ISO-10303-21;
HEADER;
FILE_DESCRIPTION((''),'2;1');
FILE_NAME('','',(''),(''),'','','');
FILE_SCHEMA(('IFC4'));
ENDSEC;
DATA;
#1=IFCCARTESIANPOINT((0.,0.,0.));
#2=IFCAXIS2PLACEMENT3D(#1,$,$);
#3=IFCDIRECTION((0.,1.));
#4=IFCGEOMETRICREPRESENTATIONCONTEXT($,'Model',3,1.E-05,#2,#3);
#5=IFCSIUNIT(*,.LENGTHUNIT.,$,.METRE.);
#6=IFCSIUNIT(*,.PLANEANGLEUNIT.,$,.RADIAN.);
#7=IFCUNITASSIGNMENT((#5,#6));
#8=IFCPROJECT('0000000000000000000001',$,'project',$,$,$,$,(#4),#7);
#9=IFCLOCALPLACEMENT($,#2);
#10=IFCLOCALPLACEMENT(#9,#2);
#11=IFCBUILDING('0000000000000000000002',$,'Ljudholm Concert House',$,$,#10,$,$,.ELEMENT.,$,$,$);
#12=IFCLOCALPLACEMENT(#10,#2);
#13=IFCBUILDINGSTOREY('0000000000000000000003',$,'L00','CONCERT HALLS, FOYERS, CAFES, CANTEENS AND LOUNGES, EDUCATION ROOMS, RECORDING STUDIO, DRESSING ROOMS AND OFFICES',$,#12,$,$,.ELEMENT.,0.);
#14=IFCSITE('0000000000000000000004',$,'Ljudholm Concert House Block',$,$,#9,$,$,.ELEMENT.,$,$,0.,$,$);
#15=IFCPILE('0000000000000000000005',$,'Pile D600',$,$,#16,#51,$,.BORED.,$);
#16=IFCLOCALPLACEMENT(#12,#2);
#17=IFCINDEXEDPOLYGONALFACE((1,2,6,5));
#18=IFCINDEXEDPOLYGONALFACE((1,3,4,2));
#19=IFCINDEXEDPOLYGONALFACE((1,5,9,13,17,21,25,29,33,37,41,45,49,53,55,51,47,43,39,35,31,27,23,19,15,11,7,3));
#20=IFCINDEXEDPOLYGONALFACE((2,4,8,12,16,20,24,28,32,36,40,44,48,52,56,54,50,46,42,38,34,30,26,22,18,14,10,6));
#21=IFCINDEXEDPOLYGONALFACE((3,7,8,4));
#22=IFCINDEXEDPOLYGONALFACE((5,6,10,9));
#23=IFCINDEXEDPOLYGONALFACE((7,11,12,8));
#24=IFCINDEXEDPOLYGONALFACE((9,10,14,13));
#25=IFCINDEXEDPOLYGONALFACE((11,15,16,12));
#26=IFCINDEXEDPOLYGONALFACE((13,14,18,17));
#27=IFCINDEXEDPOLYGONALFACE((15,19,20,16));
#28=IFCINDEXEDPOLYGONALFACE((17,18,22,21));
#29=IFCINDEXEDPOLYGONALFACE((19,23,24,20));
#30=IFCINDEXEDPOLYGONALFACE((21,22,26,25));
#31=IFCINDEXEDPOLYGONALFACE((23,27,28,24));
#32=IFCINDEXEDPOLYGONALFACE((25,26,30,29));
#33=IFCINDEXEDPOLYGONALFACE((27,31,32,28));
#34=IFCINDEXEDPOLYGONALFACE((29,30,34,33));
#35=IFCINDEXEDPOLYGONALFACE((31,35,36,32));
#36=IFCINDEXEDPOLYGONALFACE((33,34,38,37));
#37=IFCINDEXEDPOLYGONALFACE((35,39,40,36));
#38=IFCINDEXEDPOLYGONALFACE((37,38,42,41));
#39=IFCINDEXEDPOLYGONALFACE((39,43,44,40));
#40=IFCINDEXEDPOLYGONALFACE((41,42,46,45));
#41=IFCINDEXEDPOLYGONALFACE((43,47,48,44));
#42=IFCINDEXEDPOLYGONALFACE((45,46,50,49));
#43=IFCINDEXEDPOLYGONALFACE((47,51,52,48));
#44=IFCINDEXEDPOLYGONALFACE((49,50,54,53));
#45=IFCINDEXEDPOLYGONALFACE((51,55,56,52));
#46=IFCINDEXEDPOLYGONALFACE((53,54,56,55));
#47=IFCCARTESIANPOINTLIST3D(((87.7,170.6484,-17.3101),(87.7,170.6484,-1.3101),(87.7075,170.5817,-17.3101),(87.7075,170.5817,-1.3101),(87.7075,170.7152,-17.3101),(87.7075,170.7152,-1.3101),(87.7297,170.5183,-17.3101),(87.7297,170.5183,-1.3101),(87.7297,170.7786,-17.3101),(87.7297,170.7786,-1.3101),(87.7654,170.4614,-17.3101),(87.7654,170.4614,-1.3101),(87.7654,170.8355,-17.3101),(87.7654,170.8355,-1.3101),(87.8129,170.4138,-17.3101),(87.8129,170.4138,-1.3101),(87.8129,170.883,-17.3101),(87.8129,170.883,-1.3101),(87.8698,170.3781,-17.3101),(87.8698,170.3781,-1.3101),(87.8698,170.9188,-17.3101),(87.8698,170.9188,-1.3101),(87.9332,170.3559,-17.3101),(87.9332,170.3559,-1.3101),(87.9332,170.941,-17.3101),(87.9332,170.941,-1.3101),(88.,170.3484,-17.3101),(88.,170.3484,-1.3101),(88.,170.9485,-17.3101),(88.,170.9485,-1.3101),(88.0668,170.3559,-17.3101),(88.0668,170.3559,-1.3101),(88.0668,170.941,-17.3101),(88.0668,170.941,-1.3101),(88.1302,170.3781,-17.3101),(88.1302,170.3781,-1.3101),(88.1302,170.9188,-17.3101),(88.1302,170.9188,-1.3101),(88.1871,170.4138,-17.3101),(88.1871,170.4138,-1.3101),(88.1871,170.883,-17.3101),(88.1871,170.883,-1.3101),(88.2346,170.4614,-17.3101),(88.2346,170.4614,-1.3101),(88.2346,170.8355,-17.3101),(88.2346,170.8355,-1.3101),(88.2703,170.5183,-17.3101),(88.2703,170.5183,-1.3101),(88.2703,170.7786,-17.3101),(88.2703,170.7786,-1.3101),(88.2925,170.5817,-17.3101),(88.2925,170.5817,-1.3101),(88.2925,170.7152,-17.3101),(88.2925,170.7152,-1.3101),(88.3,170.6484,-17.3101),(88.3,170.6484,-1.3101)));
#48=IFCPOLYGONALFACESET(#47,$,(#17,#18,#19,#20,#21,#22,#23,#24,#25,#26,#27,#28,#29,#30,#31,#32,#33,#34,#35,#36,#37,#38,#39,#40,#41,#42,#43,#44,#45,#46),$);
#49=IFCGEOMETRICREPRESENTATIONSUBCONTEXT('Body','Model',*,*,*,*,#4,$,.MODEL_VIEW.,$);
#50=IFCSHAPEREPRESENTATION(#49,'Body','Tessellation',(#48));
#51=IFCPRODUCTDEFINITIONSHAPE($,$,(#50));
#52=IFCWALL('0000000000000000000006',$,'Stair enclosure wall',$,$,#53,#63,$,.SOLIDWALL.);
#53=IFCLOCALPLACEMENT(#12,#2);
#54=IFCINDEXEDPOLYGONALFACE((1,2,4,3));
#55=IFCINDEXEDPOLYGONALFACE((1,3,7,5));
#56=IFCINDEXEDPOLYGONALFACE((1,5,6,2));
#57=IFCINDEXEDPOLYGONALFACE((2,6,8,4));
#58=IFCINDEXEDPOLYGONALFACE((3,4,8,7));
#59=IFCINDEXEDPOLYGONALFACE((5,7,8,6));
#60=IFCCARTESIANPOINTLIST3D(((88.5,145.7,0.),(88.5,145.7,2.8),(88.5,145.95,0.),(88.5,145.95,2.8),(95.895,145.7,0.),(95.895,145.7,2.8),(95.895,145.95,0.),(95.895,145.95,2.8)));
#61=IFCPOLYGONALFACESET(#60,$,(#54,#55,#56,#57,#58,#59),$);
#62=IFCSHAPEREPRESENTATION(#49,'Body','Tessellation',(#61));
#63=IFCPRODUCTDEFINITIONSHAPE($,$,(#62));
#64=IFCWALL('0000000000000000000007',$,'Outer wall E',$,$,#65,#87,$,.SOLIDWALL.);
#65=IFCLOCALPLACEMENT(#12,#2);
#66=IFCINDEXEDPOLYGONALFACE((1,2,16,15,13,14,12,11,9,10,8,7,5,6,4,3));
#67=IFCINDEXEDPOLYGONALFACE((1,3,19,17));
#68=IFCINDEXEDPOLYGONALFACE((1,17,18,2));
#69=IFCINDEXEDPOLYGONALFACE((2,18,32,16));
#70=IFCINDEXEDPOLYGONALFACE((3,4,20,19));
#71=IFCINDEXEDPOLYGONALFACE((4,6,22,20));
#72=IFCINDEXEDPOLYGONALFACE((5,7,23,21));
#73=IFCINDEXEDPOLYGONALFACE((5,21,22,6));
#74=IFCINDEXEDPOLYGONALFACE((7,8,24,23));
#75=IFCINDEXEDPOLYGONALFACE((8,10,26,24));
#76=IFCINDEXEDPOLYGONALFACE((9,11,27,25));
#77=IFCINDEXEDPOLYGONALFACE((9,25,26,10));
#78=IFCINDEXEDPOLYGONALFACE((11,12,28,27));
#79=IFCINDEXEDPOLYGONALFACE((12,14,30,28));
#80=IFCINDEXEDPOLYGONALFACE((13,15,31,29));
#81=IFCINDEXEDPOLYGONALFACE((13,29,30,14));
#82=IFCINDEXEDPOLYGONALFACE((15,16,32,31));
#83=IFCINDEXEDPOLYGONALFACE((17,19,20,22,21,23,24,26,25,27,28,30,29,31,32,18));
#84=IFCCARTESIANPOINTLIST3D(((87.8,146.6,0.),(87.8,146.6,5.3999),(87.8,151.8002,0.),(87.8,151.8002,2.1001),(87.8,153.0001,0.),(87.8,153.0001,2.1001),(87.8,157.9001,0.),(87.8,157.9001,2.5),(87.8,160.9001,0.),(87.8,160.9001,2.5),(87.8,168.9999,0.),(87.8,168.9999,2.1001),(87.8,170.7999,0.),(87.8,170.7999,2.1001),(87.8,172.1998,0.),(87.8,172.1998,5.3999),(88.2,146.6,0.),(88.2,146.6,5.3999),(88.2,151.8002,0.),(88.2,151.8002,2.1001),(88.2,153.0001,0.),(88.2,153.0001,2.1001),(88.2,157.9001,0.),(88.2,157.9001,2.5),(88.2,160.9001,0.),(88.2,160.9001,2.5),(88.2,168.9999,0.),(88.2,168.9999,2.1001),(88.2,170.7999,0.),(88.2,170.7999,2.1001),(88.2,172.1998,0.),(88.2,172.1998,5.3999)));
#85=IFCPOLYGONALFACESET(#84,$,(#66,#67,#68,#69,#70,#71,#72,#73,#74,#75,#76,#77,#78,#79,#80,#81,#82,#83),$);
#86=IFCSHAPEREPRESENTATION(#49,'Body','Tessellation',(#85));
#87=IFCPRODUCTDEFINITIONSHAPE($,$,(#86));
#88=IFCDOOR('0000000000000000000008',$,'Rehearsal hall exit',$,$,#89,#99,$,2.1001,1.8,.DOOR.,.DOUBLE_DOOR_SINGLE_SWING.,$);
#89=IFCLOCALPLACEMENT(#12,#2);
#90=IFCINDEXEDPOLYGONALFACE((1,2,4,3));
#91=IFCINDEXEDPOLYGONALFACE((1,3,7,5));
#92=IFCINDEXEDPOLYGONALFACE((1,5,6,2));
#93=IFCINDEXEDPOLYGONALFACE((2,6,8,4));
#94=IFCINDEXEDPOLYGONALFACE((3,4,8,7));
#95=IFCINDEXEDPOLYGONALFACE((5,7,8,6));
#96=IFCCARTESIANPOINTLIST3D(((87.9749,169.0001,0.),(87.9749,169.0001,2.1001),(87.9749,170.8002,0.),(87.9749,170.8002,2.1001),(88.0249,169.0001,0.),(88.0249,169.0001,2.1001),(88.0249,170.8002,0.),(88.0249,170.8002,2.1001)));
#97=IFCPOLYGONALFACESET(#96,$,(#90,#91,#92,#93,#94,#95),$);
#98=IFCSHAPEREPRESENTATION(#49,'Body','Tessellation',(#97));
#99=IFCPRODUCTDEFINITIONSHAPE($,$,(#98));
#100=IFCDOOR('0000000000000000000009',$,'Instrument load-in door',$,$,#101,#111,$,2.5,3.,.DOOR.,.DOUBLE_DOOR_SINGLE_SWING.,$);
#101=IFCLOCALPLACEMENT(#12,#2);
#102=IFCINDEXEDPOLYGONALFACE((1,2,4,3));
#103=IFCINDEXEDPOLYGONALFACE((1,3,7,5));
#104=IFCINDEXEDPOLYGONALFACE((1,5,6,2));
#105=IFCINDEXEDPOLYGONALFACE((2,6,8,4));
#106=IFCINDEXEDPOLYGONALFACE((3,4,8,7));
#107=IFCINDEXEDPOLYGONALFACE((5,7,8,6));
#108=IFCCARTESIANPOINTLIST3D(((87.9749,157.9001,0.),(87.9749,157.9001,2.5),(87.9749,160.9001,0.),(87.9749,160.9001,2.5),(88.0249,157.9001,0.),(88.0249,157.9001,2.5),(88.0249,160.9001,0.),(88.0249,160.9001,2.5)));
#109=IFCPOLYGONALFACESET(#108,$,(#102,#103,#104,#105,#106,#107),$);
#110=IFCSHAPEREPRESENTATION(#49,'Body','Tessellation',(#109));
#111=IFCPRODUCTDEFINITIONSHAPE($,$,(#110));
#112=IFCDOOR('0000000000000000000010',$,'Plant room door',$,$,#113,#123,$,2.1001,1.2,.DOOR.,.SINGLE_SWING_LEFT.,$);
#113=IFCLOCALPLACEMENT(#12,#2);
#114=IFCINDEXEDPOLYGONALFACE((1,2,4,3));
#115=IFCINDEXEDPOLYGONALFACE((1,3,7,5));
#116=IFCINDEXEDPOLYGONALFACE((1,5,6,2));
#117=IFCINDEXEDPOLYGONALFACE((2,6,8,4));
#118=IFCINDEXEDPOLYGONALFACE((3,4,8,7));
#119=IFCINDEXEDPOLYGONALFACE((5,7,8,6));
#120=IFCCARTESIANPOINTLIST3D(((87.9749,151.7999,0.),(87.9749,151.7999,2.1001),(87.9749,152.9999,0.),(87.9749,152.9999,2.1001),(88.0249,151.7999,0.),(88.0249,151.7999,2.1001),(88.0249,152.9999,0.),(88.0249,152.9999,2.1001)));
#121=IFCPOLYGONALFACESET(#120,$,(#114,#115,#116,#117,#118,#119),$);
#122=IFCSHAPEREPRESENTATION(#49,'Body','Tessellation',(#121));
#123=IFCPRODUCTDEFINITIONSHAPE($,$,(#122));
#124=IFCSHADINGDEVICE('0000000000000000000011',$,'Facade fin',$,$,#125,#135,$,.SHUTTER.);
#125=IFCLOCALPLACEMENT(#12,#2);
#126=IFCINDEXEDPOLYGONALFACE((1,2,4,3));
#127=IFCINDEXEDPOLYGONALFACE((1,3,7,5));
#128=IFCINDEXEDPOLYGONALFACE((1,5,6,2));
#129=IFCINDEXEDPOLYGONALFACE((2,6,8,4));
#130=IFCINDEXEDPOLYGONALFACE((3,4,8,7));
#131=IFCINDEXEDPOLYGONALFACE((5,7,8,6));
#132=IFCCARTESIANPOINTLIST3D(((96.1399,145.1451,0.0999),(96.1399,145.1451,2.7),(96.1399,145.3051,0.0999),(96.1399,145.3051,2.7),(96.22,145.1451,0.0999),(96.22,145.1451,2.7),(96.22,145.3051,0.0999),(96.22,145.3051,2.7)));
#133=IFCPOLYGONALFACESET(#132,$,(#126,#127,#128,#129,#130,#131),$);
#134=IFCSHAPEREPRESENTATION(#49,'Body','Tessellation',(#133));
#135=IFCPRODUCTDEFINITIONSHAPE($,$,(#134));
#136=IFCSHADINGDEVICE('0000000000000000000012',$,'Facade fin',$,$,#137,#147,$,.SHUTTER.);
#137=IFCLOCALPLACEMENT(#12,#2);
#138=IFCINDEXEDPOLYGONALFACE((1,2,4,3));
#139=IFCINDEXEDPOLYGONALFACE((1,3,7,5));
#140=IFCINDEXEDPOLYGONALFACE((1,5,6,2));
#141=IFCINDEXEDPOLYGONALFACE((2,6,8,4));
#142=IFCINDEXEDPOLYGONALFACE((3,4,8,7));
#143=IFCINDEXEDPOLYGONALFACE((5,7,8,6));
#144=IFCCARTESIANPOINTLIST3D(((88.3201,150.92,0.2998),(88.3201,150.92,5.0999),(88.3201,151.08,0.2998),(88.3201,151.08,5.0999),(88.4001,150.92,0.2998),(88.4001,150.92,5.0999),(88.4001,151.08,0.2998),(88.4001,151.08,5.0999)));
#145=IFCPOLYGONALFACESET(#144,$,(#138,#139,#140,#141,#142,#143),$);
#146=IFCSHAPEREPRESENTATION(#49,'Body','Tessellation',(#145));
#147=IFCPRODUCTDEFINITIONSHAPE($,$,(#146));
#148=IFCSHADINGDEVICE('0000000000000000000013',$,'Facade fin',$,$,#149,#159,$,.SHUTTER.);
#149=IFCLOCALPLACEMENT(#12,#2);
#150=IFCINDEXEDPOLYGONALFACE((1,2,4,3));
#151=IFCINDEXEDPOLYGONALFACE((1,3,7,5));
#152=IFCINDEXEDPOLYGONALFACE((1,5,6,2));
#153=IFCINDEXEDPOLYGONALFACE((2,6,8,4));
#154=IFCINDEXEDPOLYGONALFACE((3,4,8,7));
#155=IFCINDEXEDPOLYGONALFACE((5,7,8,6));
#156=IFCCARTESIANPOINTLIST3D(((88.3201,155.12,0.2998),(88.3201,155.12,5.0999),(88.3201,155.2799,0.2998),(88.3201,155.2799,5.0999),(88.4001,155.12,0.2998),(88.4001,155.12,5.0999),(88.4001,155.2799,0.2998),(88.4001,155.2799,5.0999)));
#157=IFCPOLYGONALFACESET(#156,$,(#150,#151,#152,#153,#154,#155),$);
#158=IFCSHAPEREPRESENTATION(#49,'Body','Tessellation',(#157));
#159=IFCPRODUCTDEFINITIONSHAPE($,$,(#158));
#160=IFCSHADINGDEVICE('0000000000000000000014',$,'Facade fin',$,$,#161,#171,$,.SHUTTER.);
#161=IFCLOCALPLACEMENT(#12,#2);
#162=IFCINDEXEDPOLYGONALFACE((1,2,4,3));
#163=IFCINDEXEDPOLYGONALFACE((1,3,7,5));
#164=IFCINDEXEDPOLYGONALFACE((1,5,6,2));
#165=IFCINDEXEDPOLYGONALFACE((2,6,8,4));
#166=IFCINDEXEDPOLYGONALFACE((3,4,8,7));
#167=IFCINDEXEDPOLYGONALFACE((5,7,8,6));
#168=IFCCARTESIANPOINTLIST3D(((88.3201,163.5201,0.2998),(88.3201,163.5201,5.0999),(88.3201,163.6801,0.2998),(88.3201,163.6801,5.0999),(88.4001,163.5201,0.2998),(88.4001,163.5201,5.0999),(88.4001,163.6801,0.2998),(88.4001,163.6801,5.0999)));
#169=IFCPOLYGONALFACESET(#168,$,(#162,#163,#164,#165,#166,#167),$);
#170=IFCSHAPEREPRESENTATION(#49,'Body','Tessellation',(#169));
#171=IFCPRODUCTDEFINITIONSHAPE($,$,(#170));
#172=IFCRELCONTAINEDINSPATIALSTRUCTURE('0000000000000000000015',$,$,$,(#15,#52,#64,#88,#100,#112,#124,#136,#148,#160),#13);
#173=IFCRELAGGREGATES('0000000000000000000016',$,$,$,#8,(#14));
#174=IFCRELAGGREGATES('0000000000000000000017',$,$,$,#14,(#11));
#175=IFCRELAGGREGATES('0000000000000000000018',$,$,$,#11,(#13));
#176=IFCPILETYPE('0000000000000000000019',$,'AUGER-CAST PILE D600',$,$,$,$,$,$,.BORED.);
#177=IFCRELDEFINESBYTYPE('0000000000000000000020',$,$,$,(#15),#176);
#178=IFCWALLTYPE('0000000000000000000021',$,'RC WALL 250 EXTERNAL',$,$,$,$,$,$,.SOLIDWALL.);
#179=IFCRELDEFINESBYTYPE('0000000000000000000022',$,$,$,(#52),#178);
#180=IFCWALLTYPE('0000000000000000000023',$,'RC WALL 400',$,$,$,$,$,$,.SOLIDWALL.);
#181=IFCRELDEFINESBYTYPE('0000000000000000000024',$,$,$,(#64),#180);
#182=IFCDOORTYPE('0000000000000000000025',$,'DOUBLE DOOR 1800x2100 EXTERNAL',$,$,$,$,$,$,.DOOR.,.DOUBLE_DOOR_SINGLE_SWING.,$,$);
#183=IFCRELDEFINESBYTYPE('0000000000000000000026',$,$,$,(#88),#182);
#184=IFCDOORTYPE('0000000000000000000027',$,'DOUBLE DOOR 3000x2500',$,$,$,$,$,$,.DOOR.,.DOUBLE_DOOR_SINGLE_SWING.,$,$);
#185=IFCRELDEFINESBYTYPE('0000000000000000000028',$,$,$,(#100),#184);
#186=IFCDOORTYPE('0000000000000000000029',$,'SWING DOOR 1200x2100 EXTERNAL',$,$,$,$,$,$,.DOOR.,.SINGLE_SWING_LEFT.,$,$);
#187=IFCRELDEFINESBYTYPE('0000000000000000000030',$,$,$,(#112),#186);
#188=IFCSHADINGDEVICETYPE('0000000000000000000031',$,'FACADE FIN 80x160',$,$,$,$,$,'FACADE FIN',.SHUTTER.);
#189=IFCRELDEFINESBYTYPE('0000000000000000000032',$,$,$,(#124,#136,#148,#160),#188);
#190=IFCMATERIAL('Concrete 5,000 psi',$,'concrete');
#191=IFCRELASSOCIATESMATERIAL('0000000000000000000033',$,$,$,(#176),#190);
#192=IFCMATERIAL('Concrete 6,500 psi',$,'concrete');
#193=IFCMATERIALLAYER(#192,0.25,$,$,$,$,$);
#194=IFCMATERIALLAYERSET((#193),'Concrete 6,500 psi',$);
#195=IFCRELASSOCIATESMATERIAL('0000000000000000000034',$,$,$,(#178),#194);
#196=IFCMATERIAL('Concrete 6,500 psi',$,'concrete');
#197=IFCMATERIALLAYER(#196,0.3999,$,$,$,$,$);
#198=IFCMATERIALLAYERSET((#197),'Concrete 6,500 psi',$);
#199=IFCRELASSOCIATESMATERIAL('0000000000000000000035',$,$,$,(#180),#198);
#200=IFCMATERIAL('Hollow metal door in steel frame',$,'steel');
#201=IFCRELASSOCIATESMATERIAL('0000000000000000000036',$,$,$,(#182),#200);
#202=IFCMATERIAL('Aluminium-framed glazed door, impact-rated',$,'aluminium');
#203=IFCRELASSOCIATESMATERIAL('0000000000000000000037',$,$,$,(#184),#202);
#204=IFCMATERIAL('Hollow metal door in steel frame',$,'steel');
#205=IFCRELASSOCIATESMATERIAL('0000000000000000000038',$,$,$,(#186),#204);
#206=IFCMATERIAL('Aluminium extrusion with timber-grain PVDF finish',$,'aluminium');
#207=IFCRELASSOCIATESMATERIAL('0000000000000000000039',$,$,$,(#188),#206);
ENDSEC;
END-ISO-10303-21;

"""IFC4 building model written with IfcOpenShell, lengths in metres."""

from ifc_helpers import new_model, si_unit, direction, frame, frame_2d, origin, origin_2d, place, context, subcontext, project, spatial, rectangle, circle, extrude, material, layer, layer_set, material_profile, profile_set, type_object, element, fill, save


model = new_model("IFC4")

# Units and contexts
model_context = context("Model", 3, precision=1e-05, world=origin(), true_north=direction((0.0, 1.0)))
body_context = subcontext(model_context, "Body", "Model", "MODEL_VIEW")
ifc_project = project(units=[si_unit("LENGTHUNIT", "METRE"), si_unit("PLANEANGLEUNIT", "RADIAN")], contexts=[model_context])

# Site, building, storey
site_placement = place(None, origin())
site = spatial("IfcSite", under=ifc_project, at=site_placement, Name="Ljudholm Concert House Block", CompositionType="ELEMENT", RefElevation=0.0)
building_placement = place(site_placement, origin())
building = spatial("IfcBuilding", under=site, at=building_placement, Name="Ljudholm Concert House", CompositionType="ELEMENT")
storey_placement = place(building_placement, origin())
storey = spatial("IfcBuildingStorey", under=building, at=storey_placement, Name="L00", Description="CONCERT HALLS, FOYERS, CAFES, CANTEENS AND LOUNGES, EDUCATION ROOMS, RECORDING STUDIO, DRESSING ROOMS AND OFFICES", CompositionType="ELEMENT", Elevation=0.0)

# Pile
ifc_material_1 = material(Name="Concrete 5,000 psi", Category="concrete")
ifc_material_profile = material_profile(ifc_material_1, circle(Radius=0.3, at=origin_2d()), Name="AUGER-CAST PILE D600")
ifc_profile_set = profile_set([ifc_material_profile], Name="Concrete 5,000 psi")
pile_type = type_object("IfcPileType", Name="AUGER-CAST PILE D600", PredefinedType="BORED", material=ifc_profile_set)
for number, where, z_axis, x_axis, name in (
    (1, (88.0, 170.6484, -1.3101), (0.0, 0.0, -1.0), (1.0, 0.0, 0.0), "Pile D600"),
):
    element("IfcPile", number, at=place(storey_placement, frame(where, z_axis=z_axis, x_axis=x_axis)), inside=storey, type_object=pile_type, Name=name, PredefinedType="BORED", context=body_context, shape_type="SweptSolid", body=[
        extrude(circle(Radius=0.3, at=origin_2d()), origin(), (0.0, 0.0, 1.0), 16.0),
    ])

# Wall
ifc_material_2 = material(Name="Concrete 6,500 psi", Category="concrete")
ifc_layer_1 = layer(ifc_material_2, 0.25)
ifc_layer_set_1 = layer_set([ifc_layer_1], Name="Concrete 6,500 psi")
wall_type_1 = type_object("IfcWallType", Name="RC WALL 250 EXTERNAL", PredefinedType="SOLIDWALL", material=ifc_layer_set_1)
wall_1_placement = place(storey_placement, frame((88.5, 145.825, 0.0), z_axis=(0.0, 0.0, 1.0), x_axis=(1.0, 0.0, 0.0)))
element("IfcWall", 2, at=wall_1_placement, inside=storey, type_object=wall_type_1, Name="Stair enclosure wall", PredefinedType="SOLIDWALL", context=body_context, shape_type="SweptSolid", body=[
    extrude(rectangle(XDim=7.395, YDim=0.25, at=frame_2d((3.6975, 0.0))), origin(), (0.0, 0.0, 1.0), 2.8),
])

# Wall, openings, doors
ifc_material_3 = material(Name="Concrete 6,500 psi", Category="concrete")
ifc_layer_2 = layer(ifc_material_3, 0.3999)
ifc_layer_set_2 = layer_set([ifc_layer_2], Name="Concrete 6,500 psi")
wall_type_2 = type_object("IfcWallType", Name="RC WALL 400", PredefinedType="SOLIDWALL", material=ifc_layer_set_2)
wall_2_placement = place(storey_placement, frame((88.0, 146.6001, 0.0), z_axis=(0.0, 0.0, 1.0), x_axis=(0.0, 1.0, 0.0)))
wall_2 = element("IfcWall", 3, at=wall_2_placement, inside=storey, type_object=wall_type_2, Name="Outer wall E", PredefinedType="SOLIDWALL", context=body_context, shape_type="SweptSolid", body=[
    extrude(rectangle(XDim=25.5999, YDim=0.3999, at=frame_2d((12.7998, 0.0))), origin(), (0.0, 0.0, 1.0), 5.3999),
])
opening_1_placement = place(wall_2_placement, frame((11.3, 0.0, 0.0)))
opening_1 = element("IfcOpeningElement", 4, at=opening_1_placement, cuts=wall_2, PredefinedType="OPENING", context=body_context, shape_type="SweptSolid", body=[
    extrude(rectangle(XDim=3.0, YDim=2.5, at=frame_2d((1.5, 1.25))), frame((0.0, 0.21, 0.0), z_axis=(0.0, -1.0, 0.0), x_axis=(1.0, 0.0, 0.0)), (0.0, 0.0, 1.0), 0.4199),
])
opening_2_placement = place(wall_2_placement, frame((22.3999, 0.0, 0.0)))
opening_2 = element("IfcOpeningElement", 5, at=opening_2_placement, cuts=wall_2, PredefinedType="OPENING", context=body_context, shape_type="SweptSolid", body=[
    extrude(rectangle(XDim=1.8, YDim=2.1001, at=frame_2d((0.8999, 1.05))), frame((0.0, 0.21, 0.0), z_axis=(0.0, -1.0, 0.0), x_axis=(1.0, 0.0, 0.0)), (0.0, 0.0, 1.0), 0.4199),
])
opening_3_placement = place(wall_2_placement, frame((5.2, 0.0, 0.0)))
opening_3 = element("IfcOpeningElement", 6, at=opening_3_placement, cuts=wall_2, PredefinedType="OPENING", context=body_context, shape_type="SweptSolid", body=[
    extrude(rectangle(XDim=1.2, YDim=2.1001, at=frame_2d((0.6001, 1.05))), frame((0.0, 0.21, 0.0), z_axis=(0.0, -1.0, 0.0), x_axis=(1.0, 0.0, 0.0)), (0.0, 0.0, 1.0), 0.4199),
])
ifc_material_4 = material(Name="Hollow metal door in steel frame", Category="steel")
door_type_1 = type_object("IfcDoorType", Name="DOUBLE DOOR 1800x2100 EXTERNAL", OperationType="DOUBLE_DOOR_SINGLE_SWING", PredefinedType="DOOR", material=ifc_material_4)
door_1_placement = place(opening_2_placement, frame((1.8, 0.0, 0.0), z_axis=(0.0, 0.0, 1.0), x_axis=(-1.0, 0.0, 0.0)))
door_1 = element("IfcDoor", 7, at=door_1_placement, inside=storey, type_object=door_type_1, Name="Rehearsal hall exit", OperationType="DOUBLE_DOOR_SINGLE_SWING", OverallHeight=2.1001, OverallWidth=1.8, PredefinedType="DOOR", context=body_context, shape_type="SweptSolid", body=[
    extrude(rectangle(XDim=1.8, YDim=2.1001, at=frame_2d((0.8999, 1.05))), frame((0.0, 0.0249, 0.0), z_axis=(0.0, -1.0, 0.0), x_axis=(1.0, 0.0, 0.0)), (0.0, 0.0, 1.0), 0.05),
])
fill(opening_2, door_1)
ifc_material_5 = material(Name="Aluminium-framed glazed door, impact-rated", Category="aluminium")
door_type_2 = type_object("IfcDoorType", Name="DOUBLE DOOR 3000x2500", OperationType="DOUBLE_DOOR_SINGLE_SWING", PredefinedType="DOOR", material=ifc_material_5)
door_2_placement = place(opening_1_placement, frame((3.0, 0.0, 0.0), z_axis=(0.0, 0.0, 1.0), x_axis=(-1.0, 0.0, 0.0)))
door_2 = element("IfcDoor", 8, at=door_2_placement, inside=storey, type_object=door_type_2, Name="Instrument load-in door", OperationType="DOUBLE_DOOR_SINGLE_SWING", OverallHeight=2.5, OverallWidth=3.0, PredefinedType="DOOR", context=body_context, shape_type="SweptSolid", body=[
    extrude(rectangle(XDim=3.0, YDim=2.5, at=frame_2d((1.5, 1.25))), frame((0.0, 0.0249, 0.0), z_axis=(0.0, -1.0, 0.0), x_axis=(1.0, 0.0, 0.0)), (0.0, 0.0, 1.0), 0.05),
])
fill(opening_1, door_2)
ifc_material_6 = material(Name="Hollow metal door in steel frame", Category="steel")
door_type_3 = type_object("IfcDoorType", Name="SWING DOOR 1200x2100 EXTERNAL", OperationType="SINGLE_SWING_LEFT", PredefinedType="DOOR", material=ifc_material_6)
door_3_placement = place(opening_3_placement, frame((1.2, 0.0, 0.0), z_axis=(0.0, 0.0, 1.0), x_axis=(-1.0, 0.0, 0.0)))
door_3 = element("IfcDoor", 9, at=door_3_placement, inside=storey, type_object=door_type_3, Name="Plant room door", OperationType="SINGLE_SWING_LEFT", OverallHeight=2.1001, OverallWidth=1.2, PredefinedType="DOOR", context=body_context, shape_type="SweptSolid", body=[
    extrude(rectangle(XDim=1.2, YDim=2.1001, at=frame_2d((0.6001, 1.05))), frame((0.0, 0.0249, 0.0), z_axis=(0.0, -1.0, 0.0), x_axis=(1.0, 0.0, 0.0)), (0.0, 0.0, 1.0), 0.05),
])
fill(opening_3, door_3)

# Shading devices
ifc_material_7 = material(Name="Aluminium extrusion with timber-grain PVDF finish", Category="aluminium")
shading_device_type = type_object("IfcShadingDeviceType", Name="FACADE FIN 80x160", ElementType="FACADE FIN", PredefinedType="SHUTTER", material=ifc_material_7)
shading_device_placement = place(storey_placement, frame((96.1799, 145.2251, 0.0999), z_axis=(0.0, 0.0, 1.0), x_axis=(1.0, 0.0, 0.0)))
element("IfcShadingDevice", 10, at=shading_device_placement, inside=storey, type_object=shading_device_type, Name="Facade fin", PredefinedType="SHUTTER", context=body_context, shape_type="SweptSolid", body=[
    extrude(rectangle(XDim=0.0801, YDim=0.1599, at=origin_2d()), origin(), (0.0, 0.0, 1.0), 2.6001),
])
for number, where, z_axis, x_axis, name in (
    (11, (88.3601, 151.0, 0.2998), (0.0, 0.0, 1.0), (1.0, 0.0, 0.0), "Facade fin"),
    (12, (88.3601, 155.2, 0.2998), (0.0, 0.0, 1.0), (1.0, 0.0, 0.0), "Facade fin"),
    (13, (88.3601, 163.6001, 0.2998), (0.0, 0.0, 1.0), (1.0, 0.0, 0.0), "Facade fin"),
):
    element("IfcShadingDevice", number, at=place(storey_placement, frame(where, z_axis=z_axis, x_axis=x_axis)), inside=storey, type_object=shading_device_type, Name=name, PredefinedType="SHUTTER", context=body_context, shape_type="SweptSolid", body=[
        extrude(rectangle(XDim=0.0801, YDim=0.1599, at=origin_2d()), origin(), (0.0, 0.0, 1.0), 4.8),
    ])

save(model, "model.ifc")
